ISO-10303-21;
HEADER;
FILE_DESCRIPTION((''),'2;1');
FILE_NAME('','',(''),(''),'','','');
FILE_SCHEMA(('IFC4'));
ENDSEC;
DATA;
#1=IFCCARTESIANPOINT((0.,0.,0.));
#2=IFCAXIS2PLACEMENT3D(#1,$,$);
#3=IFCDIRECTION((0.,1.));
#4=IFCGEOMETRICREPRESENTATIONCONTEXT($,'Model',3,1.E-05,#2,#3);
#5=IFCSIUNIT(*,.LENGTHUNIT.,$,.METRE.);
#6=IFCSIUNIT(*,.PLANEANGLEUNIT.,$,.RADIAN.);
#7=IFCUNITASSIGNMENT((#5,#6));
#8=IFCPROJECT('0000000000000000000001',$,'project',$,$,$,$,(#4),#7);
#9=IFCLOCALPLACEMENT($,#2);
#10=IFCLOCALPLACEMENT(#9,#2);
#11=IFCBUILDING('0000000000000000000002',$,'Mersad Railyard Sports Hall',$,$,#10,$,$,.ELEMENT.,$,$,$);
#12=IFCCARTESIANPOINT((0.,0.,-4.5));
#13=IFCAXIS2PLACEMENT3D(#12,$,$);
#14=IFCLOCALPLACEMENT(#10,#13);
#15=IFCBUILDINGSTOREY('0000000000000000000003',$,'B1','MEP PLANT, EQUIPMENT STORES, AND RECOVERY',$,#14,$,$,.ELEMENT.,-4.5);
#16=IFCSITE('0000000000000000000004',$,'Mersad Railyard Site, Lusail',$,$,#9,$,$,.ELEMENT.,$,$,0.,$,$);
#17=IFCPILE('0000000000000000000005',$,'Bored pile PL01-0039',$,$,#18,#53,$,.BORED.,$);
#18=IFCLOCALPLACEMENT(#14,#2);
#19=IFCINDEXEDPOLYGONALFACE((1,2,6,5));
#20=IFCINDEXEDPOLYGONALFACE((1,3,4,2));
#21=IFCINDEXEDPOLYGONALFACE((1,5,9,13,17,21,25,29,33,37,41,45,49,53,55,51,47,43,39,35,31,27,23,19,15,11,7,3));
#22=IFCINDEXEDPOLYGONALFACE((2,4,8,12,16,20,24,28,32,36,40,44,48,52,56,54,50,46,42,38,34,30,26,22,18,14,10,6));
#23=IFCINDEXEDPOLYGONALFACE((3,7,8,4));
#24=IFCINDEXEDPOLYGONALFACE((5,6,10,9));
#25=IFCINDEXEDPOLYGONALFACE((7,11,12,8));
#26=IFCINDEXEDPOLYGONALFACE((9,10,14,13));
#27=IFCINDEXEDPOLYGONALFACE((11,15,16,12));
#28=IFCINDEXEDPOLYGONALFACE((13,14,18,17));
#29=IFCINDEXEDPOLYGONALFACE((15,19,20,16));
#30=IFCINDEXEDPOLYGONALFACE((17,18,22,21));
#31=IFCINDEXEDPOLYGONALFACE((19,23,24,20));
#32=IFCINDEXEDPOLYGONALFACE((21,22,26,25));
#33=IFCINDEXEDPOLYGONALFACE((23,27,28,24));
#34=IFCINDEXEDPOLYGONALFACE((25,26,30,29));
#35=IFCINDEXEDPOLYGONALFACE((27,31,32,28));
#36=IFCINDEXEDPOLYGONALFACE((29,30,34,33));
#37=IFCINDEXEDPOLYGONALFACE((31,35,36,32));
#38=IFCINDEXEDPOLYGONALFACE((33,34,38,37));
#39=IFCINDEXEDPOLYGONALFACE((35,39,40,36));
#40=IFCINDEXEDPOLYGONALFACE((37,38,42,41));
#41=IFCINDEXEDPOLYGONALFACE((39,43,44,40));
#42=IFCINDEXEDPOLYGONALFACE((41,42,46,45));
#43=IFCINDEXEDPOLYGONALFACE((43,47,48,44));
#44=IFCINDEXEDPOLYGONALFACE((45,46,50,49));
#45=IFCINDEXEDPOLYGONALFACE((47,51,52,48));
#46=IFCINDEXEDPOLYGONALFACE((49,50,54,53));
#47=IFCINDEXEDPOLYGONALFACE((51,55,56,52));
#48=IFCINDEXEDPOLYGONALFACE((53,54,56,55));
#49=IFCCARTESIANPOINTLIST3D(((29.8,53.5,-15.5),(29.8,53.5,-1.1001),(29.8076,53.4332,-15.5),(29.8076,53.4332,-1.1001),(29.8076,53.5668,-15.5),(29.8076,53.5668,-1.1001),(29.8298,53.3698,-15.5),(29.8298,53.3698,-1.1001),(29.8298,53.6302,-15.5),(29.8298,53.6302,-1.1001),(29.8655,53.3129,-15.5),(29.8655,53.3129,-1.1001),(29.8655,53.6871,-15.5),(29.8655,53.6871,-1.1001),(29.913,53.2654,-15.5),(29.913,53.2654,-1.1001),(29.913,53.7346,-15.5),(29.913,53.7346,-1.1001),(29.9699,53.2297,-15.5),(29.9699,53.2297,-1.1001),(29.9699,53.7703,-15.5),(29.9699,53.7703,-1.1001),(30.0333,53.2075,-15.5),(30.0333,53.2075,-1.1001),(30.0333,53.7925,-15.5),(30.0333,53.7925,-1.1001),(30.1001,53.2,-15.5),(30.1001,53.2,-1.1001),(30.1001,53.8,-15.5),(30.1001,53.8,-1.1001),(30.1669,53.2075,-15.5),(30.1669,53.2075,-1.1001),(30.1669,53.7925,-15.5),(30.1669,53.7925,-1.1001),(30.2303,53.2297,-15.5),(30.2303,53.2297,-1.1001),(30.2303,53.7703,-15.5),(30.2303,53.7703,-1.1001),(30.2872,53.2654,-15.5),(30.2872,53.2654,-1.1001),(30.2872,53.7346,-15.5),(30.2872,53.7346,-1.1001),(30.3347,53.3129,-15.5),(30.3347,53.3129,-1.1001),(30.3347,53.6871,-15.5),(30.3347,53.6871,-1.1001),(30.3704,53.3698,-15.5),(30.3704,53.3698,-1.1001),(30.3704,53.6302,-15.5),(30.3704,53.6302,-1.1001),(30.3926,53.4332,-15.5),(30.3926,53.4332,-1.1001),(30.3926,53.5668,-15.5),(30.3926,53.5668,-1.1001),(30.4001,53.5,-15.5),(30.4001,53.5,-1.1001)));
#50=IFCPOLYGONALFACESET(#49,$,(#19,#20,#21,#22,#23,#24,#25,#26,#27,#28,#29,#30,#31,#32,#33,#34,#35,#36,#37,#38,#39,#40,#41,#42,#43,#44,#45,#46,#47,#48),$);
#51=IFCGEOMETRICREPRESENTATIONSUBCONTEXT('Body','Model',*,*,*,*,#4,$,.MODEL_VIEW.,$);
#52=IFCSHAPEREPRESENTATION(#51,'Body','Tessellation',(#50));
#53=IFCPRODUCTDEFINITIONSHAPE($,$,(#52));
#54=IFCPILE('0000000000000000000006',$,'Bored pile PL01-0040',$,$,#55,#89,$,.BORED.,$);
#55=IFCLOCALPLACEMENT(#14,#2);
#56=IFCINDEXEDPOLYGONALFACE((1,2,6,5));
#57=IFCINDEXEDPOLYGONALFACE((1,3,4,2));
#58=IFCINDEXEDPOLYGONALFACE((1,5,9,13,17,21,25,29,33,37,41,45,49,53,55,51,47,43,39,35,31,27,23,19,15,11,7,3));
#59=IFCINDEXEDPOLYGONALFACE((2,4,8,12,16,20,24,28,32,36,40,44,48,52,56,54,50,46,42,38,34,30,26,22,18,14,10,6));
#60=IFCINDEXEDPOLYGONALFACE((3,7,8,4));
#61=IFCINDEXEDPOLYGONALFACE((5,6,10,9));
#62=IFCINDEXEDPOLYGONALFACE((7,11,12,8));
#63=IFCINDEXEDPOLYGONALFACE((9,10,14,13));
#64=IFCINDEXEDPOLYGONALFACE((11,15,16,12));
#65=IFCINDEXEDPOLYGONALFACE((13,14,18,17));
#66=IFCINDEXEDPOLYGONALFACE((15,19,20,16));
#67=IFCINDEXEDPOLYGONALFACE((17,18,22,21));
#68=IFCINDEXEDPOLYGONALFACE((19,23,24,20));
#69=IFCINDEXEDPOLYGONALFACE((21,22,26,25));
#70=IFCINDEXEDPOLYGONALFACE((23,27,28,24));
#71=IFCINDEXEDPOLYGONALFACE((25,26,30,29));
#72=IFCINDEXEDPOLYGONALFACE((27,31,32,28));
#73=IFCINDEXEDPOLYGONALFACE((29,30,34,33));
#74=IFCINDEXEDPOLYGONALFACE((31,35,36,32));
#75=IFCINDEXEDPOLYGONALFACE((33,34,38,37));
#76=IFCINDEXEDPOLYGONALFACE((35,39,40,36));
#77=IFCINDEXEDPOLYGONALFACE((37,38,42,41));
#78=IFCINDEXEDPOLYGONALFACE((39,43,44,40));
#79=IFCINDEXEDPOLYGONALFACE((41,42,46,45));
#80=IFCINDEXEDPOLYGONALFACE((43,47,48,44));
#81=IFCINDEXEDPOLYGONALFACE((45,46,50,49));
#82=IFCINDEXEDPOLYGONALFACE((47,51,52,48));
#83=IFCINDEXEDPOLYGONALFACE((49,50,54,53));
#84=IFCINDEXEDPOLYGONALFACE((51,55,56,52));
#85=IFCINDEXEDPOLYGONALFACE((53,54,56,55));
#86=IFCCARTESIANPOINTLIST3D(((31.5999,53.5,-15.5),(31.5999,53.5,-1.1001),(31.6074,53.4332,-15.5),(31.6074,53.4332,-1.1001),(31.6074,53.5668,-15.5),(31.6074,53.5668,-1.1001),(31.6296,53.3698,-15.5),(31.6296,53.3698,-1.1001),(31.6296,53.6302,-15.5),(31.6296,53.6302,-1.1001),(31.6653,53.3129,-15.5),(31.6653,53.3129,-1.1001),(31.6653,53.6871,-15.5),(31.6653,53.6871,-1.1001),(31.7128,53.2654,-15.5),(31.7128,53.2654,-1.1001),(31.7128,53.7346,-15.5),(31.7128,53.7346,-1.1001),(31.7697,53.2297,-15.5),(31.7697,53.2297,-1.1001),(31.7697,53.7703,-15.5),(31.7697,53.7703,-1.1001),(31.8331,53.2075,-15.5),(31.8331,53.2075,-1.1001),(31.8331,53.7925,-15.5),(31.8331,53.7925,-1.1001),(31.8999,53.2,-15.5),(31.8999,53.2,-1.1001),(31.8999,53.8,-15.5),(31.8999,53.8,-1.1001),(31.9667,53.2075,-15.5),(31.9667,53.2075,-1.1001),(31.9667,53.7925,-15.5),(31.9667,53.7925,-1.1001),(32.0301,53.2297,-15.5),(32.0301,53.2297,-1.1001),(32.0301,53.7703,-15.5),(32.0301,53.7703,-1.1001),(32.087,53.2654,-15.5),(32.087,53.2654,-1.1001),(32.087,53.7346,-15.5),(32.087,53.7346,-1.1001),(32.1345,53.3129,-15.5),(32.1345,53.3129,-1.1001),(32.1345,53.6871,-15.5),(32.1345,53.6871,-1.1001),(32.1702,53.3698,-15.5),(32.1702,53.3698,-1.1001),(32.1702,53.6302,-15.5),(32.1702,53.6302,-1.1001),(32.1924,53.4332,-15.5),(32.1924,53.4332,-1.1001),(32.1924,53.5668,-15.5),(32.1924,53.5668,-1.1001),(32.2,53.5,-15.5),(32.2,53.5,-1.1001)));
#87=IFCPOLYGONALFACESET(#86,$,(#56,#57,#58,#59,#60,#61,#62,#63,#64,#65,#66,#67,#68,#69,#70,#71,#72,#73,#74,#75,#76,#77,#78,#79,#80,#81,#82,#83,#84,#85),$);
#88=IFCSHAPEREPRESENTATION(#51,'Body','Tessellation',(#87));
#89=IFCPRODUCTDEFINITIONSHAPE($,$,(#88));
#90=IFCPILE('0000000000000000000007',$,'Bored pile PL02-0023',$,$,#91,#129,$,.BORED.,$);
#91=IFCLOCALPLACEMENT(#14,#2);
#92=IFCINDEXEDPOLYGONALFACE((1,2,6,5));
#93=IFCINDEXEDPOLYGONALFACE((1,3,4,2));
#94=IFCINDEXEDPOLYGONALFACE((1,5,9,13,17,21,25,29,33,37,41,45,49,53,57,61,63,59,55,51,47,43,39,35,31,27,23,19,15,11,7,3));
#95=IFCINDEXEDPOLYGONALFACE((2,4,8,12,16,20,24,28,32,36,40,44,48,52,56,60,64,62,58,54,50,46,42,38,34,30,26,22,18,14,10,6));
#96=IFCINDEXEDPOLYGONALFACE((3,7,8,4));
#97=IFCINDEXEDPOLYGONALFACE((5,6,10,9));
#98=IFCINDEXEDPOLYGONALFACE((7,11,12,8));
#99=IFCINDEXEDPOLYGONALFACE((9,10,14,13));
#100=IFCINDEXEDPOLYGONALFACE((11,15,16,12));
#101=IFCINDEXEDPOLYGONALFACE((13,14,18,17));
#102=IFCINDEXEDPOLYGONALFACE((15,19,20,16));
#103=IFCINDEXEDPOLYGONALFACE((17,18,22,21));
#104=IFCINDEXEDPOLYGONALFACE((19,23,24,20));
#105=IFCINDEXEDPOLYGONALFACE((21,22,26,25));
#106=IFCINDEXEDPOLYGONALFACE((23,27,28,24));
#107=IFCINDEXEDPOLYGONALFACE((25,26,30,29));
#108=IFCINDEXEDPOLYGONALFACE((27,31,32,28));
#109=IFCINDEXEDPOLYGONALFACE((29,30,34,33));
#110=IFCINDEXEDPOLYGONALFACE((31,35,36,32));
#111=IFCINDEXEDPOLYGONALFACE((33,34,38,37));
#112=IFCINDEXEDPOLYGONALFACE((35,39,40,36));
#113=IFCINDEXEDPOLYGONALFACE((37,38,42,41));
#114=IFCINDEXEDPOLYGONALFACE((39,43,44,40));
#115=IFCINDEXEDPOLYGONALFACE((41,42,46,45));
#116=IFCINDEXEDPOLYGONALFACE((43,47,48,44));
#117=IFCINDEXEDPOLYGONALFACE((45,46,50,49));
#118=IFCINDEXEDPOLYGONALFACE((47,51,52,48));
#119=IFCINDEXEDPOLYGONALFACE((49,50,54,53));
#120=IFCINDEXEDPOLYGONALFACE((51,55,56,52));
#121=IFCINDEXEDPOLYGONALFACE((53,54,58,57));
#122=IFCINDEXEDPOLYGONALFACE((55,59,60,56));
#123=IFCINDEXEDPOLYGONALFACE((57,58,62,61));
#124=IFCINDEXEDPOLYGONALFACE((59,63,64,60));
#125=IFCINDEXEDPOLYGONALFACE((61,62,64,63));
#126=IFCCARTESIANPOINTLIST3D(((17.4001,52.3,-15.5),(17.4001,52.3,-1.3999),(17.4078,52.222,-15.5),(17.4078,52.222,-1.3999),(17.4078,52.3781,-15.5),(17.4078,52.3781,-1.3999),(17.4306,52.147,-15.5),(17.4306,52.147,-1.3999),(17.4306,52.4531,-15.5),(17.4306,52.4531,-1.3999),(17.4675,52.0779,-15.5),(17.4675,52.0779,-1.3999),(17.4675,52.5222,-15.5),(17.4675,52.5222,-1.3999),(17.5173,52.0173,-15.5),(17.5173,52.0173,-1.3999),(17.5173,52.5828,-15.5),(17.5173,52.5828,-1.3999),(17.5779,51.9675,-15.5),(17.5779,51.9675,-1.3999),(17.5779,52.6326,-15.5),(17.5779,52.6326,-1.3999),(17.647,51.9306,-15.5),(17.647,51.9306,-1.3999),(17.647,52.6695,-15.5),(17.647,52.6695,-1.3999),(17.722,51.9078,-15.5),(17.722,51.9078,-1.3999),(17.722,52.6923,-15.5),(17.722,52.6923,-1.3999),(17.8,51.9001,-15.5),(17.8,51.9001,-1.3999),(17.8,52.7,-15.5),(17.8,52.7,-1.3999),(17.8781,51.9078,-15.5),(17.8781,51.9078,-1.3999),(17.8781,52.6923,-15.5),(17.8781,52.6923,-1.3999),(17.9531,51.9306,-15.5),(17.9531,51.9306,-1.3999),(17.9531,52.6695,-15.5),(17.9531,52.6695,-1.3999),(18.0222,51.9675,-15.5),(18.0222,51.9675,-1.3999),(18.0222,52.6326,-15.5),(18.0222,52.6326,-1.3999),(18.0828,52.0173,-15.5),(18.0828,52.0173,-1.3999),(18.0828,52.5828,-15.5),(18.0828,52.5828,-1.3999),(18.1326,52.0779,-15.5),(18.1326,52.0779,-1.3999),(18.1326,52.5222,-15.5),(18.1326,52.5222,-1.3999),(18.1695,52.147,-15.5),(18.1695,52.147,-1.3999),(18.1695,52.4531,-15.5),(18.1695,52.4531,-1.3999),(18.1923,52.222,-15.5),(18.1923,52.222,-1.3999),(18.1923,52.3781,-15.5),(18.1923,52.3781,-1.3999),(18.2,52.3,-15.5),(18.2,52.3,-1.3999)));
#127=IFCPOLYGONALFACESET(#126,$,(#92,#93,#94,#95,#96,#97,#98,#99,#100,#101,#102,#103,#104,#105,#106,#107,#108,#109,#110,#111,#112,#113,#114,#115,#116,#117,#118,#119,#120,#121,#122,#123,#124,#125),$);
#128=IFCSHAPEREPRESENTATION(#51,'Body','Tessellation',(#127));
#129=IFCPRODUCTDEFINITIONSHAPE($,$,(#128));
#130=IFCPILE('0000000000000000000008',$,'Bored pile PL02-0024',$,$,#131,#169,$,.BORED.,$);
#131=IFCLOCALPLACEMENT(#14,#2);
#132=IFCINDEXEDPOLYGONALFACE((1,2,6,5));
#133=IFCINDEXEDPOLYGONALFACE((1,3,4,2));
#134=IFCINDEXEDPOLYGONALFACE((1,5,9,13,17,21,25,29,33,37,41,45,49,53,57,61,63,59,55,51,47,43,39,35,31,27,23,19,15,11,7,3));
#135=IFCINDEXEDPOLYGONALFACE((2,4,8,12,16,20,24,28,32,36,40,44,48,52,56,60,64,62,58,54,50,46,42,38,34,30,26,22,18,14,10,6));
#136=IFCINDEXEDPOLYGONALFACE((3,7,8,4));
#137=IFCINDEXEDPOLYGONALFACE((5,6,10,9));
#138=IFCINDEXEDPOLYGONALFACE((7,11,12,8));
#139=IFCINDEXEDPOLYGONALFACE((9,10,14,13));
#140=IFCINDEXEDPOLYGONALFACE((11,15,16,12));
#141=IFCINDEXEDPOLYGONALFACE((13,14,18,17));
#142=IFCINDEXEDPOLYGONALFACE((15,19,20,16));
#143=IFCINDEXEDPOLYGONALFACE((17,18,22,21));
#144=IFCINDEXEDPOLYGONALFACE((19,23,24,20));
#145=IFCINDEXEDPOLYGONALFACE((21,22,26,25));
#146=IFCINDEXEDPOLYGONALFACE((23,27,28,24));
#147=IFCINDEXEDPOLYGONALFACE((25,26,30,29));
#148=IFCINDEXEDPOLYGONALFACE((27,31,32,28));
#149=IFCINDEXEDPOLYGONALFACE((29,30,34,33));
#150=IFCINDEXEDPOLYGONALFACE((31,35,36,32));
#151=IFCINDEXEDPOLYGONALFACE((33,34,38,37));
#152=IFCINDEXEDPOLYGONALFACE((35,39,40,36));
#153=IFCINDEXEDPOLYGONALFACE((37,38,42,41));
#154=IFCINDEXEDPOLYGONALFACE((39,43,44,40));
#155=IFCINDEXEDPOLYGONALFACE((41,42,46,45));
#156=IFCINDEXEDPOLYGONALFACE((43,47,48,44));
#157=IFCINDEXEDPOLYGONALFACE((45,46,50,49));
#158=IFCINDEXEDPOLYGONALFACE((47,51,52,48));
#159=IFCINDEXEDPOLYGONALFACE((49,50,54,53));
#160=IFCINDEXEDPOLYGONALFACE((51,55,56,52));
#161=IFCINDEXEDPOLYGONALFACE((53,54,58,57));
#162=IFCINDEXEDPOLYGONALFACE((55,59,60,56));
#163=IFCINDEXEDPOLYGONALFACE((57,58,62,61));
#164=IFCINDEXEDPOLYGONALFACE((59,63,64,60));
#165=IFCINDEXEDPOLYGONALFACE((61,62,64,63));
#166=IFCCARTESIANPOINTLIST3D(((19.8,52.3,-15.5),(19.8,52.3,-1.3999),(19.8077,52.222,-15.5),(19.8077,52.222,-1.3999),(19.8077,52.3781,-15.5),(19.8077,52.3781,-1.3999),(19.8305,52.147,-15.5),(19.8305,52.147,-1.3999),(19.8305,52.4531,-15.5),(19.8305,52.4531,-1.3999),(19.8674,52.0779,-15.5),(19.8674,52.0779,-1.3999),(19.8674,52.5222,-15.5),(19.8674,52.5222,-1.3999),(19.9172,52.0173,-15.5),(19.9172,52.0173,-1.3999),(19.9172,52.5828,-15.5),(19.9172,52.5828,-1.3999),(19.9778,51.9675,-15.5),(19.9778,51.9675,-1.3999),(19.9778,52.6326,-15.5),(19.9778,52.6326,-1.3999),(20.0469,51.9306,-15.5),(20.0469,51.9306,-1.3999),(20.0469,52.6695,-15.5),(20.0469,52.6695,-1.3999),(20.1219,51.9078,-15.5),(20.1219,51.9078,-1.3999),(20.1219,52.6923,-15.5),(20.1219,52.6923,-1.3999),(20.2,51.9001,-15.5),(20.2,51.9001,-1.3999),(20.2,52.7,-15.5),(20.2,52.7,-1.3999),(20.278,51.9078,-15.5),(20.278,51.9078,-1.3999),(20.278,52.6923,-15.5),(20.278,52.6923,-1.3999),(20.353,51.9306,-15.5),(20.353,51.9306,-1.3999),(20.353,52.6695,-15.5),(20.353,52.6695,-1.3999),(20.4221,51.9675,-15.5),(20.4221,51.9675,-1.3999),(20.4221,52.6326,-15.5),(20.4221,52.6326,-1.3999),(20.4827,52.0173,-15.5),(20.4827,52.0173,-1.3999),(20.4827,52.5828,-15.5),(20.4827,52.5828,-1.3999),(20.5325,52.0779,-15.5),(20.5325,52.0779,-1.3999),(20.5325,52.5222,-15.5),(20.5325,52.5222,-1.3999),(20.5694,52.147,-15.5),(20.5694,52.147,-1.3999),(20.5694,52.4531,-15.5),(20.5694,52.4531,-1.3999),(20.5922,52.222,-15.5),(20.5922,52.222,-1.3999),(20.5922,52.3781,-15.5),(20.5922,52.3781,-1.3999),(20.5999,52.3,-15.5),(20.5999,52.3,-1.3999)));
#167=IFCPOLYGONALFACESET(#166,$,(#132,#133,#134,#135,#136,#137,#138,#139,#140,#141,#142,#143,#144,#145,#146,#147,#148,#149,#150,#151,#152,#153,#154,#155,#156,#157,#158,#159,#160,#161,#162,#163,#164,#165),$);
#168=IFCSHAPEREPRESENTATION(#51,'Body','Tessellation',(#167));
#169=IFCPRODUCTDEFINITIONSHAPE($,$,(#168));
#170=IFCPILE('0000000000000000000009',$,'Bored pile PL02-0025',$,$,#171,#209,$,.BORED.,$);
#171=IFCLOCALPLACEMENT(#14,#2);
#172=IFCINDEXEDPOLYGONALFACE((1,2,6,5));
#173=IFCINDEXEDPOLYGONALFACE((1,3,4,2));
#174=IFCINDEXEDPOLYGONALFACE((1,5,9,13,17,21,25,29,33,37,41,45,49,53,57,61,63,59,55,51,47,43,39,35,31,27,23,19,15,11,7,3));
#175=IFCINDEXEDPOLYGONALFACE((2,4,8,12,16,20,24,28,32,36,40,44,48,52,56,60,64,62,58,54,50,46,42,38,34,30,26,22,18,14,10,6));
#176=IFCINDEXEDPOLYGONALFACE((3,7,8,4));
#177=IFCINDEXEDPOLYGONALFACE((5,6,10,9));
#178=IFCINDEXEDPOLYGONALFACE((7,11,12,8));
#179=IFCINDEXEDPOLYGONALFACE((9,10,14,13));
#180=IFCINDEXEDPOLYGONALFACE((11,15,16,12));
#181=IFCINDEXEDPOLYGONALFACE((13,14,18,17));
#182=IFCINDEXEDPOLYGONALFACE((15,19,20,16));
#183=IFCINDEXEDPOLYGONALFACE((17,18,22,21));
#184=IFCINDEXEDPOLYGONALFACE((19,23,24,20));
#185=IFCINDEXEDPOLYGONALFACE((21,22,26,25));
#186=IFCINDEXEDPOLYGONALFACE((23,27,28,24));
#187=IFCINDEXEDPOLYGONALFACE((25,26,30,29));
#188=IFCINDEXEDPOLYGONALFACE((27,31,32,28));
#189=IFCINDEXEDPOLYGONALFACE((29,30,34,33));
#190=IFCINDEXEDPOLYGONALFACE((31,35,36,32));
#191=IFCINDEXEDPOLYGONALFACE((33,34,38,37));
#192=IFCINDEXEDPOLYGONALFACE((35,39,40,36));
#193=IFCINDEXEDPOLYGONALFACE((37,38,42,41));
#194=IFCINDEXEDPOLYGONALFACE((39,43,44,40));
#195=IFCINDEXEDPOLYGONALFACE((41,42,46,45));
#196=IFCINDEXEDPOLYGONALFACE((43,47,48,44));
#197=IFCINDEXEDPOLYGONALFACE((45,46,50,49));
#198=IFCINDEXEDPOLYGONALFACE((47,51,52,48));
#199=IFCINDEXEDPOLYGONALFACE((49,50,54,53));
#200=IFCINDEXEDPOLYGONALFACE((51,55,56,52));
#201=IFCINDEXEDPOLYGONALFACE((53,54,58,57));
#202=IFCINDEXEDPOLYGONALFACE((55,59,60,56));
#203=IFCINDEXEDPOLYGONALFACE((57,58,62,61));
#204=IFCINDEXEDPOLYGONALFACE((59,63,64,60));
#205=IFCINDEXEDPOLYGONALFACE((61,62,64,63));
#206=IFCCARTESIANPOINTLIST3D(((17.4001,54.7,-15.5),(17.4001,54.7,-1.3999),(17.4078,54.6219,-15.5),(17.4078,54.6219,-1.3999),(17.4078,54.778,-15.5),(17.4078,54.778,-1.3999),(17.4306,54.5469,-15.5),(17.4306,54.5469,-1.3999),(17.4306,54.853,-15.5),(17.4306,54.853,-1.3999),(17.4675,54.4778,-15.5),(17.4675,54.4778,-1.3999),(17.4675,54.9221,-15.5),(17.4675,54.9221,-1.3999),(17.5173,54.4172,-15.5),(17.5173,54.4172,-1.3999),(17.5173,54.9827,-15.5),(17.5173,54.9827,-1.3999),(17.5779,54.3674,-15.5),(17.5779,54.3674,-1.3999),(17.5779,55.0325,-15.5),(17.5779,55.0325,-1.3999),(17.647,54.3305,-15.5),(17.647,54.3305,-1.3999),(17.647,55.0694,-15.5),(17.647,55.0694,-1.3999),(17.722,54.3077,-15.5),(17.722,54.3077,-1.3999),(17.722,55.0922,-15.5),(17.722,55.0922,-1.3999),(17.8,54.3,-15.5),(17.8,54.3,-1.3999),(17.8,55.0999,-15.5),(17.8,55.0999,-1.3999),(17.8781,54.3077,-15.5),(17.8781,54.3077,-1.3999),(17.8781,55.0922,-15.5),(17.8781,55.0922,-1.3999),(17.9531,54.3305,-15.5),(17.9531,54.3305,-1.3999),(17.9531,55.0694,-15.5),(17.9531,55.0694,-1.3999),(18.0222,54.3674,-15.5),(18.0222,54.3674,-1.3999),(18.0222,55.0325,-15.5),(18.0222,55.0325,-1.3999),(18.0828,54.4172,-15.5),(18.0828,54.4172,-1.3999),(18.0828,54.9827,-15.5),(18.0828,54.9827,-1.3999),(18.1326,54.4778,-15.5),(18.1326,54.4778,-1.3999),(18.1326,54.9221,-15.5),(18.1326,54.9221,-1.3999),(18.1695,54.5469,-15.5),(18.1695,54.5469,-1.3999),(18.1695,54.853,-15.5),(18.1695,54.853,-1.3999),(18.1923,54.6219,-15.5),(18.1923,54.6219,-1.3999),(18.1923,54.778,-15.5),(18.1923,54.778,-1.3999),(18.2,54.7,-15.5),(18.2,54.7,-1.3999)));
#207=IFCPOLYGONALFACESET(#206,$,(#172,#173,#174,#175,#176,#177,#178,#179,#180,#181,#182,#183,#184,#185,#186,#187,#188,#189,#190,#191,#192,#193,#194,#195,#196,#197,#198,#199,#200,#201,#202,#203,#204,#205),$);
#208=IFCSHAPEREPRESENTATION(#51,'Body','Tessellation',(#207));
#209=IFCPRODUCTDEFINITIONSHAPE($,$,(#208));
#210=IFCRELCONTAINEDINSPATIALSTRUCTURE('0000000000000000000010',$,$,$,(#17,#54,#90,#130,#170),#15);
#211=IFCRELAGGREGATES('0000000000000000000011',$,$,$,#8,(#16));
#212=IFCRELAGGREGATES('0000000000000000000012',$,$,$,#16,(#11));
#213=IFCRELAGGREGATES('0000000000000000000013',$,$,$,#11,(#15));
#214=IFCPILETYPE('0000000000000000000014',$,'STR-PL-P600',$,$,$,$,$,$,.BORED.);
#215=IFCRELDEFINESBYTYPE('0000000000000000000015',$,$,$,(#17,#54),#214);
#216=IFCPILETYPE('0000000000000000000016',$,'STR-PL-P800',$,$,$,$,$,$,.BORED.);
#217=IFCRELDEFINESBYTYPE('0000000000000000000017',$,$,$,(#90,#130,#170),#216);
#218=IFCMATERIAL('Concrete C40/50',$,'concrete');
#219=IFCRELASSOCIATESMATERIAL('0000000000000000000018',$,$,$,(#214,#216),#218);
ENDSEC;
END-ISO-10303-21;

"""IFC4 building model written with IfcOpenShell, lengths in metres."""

from ifc_helpers import new_model, si_unit, direction, frame, origin, origin_2d, place, context, subcontext, project, spatial, circle, extrude, material, material_profile, profile_set, type_object, element, save


model = new_model("IFC4")

# Units and contexts
model_context = context("Model", 3, precision=1e-05, world=origin(), true_north=direction((0.0, 1.0)))
body_context = subcontext(model_context, "Body", "Model", "MODEL_VIEW")
ifc_project = project(units=[si_unit("LENGTHUNIT", "METRE"), si_unit("PLANEANGLEUNIT", "RADIAN")], contexts=[model_context])

# Site, building, storey
site_placement = place(None, origin())
site = spatial("IfcSite", under=ifc_project, at=site_placement, Name="Mersad Railyard Site, Lusail", CompositionType="ELEMENT", RefElevation=0.0)
building_placement = place(site_placement, origin())
building = spatial("IfcBuilding", under=site, at=building_placement, Name="Mersad Railyard Sports Hall", CompositionType="ELEMENT")
storey_placement = place(building_placement, frame((0.0, 0.0, -4.5)))
storey = spatial("IfcBuildingStorey", under=building, at=storey_placement, Name="B1", Description="MEP PLANT, EQUIPMENT STORES, AND RECOVERY", CompositionType="ELEMENT", Elevation=-4.5)

# Shared definitions
ifc_material_1 = material(Name="Concrete C40/50", Category="concrete")

# Piles
ifc_material_profile_1 = material_profile(ifc_material_1, circle(Radius=0.3, at=origin_2d()), Name="BORED PILE D600")
ifc_profile_set_1 = profile_set([ifc_material_profile_1], Name="Concrete C40/50")
pile_type_1 = type_object("IfcPileType", Name="STR-PL-P600", PredefinedType="BORED", material=ifc_profile_set_1)
for number, where, z_axis, x_axis, name in (
    (1, (30.1001, 53.5, -1.1001), (0.0, 0.0, -1.0), (1.0, 0.0, 0.0), "Bored pile PL01-0039"),
    (2, (31.8999, 53.5, -1.1001), (0.0, 0.0, -1.0), (1.0, 0.0, 0.0), "Bored pile PL01-0040"),
):
    element("IfcPile", number, at=place(storey_placement, frame(where, z_axis=z_axis, x_axis=x_axis)), inside=storey, type_object=pile_type_1, Name=name, PredefinedType="BORED", context=body_context, shape_type="SweptSolid", body=[
        extrude(circle(Radius=0.3, at=origin_2d()), origin(), (0.0, 0.0, 1.0), 14.3999),
    ])
ifc_material_profile_2 = material_profile(ifc_material_1, circle(Radius=0.3999, at=origin_2d()), Name="BORED PILE D800")
ifc_profile_set_2 = profile_set([ifc_material_profile_2], Name="Concrete C40/50")
pile_type_2 = type_object("IfcPileType", Name="STR-PL-P800", PredefinedType="BORED", material=ifc_profile_set_2)
for number, where, z_axis, x_axis, name in (
    (3, (17.8, 52.3, -1.3999), (0.0, 0.0, -1.0), (1.0, 0.0, 0.0), "Bored pile PL02-0023"),
    (4, (20.2, 52.3, -1.3999), (0.0, 0.0, -1.0), (1.0, 0.0, 0.0), "Bored pile PL02-0024"),
    (5, (17.8, 54.7, -1.3999), (0.0, 0.0, -1.0), (1.0, 0.0, 0.0), "Bored pile PL02-0025"),
):
    element("IfcPile", number, at=place(storey_placement, frame(where, z_axis=z_axis, x_axis=x_axis)), inside=storey, type_object=pile_type_2, Name=name, PredefinedType="BORED", context=body_context, shape_type="SweptSolid", body=[
        extrude(circle(Radius=0.3999, at=origin_2d()), origin(), (0.0, 0.0, 1.0), 14.1001),
    ])

save(model, "model.ifc")
